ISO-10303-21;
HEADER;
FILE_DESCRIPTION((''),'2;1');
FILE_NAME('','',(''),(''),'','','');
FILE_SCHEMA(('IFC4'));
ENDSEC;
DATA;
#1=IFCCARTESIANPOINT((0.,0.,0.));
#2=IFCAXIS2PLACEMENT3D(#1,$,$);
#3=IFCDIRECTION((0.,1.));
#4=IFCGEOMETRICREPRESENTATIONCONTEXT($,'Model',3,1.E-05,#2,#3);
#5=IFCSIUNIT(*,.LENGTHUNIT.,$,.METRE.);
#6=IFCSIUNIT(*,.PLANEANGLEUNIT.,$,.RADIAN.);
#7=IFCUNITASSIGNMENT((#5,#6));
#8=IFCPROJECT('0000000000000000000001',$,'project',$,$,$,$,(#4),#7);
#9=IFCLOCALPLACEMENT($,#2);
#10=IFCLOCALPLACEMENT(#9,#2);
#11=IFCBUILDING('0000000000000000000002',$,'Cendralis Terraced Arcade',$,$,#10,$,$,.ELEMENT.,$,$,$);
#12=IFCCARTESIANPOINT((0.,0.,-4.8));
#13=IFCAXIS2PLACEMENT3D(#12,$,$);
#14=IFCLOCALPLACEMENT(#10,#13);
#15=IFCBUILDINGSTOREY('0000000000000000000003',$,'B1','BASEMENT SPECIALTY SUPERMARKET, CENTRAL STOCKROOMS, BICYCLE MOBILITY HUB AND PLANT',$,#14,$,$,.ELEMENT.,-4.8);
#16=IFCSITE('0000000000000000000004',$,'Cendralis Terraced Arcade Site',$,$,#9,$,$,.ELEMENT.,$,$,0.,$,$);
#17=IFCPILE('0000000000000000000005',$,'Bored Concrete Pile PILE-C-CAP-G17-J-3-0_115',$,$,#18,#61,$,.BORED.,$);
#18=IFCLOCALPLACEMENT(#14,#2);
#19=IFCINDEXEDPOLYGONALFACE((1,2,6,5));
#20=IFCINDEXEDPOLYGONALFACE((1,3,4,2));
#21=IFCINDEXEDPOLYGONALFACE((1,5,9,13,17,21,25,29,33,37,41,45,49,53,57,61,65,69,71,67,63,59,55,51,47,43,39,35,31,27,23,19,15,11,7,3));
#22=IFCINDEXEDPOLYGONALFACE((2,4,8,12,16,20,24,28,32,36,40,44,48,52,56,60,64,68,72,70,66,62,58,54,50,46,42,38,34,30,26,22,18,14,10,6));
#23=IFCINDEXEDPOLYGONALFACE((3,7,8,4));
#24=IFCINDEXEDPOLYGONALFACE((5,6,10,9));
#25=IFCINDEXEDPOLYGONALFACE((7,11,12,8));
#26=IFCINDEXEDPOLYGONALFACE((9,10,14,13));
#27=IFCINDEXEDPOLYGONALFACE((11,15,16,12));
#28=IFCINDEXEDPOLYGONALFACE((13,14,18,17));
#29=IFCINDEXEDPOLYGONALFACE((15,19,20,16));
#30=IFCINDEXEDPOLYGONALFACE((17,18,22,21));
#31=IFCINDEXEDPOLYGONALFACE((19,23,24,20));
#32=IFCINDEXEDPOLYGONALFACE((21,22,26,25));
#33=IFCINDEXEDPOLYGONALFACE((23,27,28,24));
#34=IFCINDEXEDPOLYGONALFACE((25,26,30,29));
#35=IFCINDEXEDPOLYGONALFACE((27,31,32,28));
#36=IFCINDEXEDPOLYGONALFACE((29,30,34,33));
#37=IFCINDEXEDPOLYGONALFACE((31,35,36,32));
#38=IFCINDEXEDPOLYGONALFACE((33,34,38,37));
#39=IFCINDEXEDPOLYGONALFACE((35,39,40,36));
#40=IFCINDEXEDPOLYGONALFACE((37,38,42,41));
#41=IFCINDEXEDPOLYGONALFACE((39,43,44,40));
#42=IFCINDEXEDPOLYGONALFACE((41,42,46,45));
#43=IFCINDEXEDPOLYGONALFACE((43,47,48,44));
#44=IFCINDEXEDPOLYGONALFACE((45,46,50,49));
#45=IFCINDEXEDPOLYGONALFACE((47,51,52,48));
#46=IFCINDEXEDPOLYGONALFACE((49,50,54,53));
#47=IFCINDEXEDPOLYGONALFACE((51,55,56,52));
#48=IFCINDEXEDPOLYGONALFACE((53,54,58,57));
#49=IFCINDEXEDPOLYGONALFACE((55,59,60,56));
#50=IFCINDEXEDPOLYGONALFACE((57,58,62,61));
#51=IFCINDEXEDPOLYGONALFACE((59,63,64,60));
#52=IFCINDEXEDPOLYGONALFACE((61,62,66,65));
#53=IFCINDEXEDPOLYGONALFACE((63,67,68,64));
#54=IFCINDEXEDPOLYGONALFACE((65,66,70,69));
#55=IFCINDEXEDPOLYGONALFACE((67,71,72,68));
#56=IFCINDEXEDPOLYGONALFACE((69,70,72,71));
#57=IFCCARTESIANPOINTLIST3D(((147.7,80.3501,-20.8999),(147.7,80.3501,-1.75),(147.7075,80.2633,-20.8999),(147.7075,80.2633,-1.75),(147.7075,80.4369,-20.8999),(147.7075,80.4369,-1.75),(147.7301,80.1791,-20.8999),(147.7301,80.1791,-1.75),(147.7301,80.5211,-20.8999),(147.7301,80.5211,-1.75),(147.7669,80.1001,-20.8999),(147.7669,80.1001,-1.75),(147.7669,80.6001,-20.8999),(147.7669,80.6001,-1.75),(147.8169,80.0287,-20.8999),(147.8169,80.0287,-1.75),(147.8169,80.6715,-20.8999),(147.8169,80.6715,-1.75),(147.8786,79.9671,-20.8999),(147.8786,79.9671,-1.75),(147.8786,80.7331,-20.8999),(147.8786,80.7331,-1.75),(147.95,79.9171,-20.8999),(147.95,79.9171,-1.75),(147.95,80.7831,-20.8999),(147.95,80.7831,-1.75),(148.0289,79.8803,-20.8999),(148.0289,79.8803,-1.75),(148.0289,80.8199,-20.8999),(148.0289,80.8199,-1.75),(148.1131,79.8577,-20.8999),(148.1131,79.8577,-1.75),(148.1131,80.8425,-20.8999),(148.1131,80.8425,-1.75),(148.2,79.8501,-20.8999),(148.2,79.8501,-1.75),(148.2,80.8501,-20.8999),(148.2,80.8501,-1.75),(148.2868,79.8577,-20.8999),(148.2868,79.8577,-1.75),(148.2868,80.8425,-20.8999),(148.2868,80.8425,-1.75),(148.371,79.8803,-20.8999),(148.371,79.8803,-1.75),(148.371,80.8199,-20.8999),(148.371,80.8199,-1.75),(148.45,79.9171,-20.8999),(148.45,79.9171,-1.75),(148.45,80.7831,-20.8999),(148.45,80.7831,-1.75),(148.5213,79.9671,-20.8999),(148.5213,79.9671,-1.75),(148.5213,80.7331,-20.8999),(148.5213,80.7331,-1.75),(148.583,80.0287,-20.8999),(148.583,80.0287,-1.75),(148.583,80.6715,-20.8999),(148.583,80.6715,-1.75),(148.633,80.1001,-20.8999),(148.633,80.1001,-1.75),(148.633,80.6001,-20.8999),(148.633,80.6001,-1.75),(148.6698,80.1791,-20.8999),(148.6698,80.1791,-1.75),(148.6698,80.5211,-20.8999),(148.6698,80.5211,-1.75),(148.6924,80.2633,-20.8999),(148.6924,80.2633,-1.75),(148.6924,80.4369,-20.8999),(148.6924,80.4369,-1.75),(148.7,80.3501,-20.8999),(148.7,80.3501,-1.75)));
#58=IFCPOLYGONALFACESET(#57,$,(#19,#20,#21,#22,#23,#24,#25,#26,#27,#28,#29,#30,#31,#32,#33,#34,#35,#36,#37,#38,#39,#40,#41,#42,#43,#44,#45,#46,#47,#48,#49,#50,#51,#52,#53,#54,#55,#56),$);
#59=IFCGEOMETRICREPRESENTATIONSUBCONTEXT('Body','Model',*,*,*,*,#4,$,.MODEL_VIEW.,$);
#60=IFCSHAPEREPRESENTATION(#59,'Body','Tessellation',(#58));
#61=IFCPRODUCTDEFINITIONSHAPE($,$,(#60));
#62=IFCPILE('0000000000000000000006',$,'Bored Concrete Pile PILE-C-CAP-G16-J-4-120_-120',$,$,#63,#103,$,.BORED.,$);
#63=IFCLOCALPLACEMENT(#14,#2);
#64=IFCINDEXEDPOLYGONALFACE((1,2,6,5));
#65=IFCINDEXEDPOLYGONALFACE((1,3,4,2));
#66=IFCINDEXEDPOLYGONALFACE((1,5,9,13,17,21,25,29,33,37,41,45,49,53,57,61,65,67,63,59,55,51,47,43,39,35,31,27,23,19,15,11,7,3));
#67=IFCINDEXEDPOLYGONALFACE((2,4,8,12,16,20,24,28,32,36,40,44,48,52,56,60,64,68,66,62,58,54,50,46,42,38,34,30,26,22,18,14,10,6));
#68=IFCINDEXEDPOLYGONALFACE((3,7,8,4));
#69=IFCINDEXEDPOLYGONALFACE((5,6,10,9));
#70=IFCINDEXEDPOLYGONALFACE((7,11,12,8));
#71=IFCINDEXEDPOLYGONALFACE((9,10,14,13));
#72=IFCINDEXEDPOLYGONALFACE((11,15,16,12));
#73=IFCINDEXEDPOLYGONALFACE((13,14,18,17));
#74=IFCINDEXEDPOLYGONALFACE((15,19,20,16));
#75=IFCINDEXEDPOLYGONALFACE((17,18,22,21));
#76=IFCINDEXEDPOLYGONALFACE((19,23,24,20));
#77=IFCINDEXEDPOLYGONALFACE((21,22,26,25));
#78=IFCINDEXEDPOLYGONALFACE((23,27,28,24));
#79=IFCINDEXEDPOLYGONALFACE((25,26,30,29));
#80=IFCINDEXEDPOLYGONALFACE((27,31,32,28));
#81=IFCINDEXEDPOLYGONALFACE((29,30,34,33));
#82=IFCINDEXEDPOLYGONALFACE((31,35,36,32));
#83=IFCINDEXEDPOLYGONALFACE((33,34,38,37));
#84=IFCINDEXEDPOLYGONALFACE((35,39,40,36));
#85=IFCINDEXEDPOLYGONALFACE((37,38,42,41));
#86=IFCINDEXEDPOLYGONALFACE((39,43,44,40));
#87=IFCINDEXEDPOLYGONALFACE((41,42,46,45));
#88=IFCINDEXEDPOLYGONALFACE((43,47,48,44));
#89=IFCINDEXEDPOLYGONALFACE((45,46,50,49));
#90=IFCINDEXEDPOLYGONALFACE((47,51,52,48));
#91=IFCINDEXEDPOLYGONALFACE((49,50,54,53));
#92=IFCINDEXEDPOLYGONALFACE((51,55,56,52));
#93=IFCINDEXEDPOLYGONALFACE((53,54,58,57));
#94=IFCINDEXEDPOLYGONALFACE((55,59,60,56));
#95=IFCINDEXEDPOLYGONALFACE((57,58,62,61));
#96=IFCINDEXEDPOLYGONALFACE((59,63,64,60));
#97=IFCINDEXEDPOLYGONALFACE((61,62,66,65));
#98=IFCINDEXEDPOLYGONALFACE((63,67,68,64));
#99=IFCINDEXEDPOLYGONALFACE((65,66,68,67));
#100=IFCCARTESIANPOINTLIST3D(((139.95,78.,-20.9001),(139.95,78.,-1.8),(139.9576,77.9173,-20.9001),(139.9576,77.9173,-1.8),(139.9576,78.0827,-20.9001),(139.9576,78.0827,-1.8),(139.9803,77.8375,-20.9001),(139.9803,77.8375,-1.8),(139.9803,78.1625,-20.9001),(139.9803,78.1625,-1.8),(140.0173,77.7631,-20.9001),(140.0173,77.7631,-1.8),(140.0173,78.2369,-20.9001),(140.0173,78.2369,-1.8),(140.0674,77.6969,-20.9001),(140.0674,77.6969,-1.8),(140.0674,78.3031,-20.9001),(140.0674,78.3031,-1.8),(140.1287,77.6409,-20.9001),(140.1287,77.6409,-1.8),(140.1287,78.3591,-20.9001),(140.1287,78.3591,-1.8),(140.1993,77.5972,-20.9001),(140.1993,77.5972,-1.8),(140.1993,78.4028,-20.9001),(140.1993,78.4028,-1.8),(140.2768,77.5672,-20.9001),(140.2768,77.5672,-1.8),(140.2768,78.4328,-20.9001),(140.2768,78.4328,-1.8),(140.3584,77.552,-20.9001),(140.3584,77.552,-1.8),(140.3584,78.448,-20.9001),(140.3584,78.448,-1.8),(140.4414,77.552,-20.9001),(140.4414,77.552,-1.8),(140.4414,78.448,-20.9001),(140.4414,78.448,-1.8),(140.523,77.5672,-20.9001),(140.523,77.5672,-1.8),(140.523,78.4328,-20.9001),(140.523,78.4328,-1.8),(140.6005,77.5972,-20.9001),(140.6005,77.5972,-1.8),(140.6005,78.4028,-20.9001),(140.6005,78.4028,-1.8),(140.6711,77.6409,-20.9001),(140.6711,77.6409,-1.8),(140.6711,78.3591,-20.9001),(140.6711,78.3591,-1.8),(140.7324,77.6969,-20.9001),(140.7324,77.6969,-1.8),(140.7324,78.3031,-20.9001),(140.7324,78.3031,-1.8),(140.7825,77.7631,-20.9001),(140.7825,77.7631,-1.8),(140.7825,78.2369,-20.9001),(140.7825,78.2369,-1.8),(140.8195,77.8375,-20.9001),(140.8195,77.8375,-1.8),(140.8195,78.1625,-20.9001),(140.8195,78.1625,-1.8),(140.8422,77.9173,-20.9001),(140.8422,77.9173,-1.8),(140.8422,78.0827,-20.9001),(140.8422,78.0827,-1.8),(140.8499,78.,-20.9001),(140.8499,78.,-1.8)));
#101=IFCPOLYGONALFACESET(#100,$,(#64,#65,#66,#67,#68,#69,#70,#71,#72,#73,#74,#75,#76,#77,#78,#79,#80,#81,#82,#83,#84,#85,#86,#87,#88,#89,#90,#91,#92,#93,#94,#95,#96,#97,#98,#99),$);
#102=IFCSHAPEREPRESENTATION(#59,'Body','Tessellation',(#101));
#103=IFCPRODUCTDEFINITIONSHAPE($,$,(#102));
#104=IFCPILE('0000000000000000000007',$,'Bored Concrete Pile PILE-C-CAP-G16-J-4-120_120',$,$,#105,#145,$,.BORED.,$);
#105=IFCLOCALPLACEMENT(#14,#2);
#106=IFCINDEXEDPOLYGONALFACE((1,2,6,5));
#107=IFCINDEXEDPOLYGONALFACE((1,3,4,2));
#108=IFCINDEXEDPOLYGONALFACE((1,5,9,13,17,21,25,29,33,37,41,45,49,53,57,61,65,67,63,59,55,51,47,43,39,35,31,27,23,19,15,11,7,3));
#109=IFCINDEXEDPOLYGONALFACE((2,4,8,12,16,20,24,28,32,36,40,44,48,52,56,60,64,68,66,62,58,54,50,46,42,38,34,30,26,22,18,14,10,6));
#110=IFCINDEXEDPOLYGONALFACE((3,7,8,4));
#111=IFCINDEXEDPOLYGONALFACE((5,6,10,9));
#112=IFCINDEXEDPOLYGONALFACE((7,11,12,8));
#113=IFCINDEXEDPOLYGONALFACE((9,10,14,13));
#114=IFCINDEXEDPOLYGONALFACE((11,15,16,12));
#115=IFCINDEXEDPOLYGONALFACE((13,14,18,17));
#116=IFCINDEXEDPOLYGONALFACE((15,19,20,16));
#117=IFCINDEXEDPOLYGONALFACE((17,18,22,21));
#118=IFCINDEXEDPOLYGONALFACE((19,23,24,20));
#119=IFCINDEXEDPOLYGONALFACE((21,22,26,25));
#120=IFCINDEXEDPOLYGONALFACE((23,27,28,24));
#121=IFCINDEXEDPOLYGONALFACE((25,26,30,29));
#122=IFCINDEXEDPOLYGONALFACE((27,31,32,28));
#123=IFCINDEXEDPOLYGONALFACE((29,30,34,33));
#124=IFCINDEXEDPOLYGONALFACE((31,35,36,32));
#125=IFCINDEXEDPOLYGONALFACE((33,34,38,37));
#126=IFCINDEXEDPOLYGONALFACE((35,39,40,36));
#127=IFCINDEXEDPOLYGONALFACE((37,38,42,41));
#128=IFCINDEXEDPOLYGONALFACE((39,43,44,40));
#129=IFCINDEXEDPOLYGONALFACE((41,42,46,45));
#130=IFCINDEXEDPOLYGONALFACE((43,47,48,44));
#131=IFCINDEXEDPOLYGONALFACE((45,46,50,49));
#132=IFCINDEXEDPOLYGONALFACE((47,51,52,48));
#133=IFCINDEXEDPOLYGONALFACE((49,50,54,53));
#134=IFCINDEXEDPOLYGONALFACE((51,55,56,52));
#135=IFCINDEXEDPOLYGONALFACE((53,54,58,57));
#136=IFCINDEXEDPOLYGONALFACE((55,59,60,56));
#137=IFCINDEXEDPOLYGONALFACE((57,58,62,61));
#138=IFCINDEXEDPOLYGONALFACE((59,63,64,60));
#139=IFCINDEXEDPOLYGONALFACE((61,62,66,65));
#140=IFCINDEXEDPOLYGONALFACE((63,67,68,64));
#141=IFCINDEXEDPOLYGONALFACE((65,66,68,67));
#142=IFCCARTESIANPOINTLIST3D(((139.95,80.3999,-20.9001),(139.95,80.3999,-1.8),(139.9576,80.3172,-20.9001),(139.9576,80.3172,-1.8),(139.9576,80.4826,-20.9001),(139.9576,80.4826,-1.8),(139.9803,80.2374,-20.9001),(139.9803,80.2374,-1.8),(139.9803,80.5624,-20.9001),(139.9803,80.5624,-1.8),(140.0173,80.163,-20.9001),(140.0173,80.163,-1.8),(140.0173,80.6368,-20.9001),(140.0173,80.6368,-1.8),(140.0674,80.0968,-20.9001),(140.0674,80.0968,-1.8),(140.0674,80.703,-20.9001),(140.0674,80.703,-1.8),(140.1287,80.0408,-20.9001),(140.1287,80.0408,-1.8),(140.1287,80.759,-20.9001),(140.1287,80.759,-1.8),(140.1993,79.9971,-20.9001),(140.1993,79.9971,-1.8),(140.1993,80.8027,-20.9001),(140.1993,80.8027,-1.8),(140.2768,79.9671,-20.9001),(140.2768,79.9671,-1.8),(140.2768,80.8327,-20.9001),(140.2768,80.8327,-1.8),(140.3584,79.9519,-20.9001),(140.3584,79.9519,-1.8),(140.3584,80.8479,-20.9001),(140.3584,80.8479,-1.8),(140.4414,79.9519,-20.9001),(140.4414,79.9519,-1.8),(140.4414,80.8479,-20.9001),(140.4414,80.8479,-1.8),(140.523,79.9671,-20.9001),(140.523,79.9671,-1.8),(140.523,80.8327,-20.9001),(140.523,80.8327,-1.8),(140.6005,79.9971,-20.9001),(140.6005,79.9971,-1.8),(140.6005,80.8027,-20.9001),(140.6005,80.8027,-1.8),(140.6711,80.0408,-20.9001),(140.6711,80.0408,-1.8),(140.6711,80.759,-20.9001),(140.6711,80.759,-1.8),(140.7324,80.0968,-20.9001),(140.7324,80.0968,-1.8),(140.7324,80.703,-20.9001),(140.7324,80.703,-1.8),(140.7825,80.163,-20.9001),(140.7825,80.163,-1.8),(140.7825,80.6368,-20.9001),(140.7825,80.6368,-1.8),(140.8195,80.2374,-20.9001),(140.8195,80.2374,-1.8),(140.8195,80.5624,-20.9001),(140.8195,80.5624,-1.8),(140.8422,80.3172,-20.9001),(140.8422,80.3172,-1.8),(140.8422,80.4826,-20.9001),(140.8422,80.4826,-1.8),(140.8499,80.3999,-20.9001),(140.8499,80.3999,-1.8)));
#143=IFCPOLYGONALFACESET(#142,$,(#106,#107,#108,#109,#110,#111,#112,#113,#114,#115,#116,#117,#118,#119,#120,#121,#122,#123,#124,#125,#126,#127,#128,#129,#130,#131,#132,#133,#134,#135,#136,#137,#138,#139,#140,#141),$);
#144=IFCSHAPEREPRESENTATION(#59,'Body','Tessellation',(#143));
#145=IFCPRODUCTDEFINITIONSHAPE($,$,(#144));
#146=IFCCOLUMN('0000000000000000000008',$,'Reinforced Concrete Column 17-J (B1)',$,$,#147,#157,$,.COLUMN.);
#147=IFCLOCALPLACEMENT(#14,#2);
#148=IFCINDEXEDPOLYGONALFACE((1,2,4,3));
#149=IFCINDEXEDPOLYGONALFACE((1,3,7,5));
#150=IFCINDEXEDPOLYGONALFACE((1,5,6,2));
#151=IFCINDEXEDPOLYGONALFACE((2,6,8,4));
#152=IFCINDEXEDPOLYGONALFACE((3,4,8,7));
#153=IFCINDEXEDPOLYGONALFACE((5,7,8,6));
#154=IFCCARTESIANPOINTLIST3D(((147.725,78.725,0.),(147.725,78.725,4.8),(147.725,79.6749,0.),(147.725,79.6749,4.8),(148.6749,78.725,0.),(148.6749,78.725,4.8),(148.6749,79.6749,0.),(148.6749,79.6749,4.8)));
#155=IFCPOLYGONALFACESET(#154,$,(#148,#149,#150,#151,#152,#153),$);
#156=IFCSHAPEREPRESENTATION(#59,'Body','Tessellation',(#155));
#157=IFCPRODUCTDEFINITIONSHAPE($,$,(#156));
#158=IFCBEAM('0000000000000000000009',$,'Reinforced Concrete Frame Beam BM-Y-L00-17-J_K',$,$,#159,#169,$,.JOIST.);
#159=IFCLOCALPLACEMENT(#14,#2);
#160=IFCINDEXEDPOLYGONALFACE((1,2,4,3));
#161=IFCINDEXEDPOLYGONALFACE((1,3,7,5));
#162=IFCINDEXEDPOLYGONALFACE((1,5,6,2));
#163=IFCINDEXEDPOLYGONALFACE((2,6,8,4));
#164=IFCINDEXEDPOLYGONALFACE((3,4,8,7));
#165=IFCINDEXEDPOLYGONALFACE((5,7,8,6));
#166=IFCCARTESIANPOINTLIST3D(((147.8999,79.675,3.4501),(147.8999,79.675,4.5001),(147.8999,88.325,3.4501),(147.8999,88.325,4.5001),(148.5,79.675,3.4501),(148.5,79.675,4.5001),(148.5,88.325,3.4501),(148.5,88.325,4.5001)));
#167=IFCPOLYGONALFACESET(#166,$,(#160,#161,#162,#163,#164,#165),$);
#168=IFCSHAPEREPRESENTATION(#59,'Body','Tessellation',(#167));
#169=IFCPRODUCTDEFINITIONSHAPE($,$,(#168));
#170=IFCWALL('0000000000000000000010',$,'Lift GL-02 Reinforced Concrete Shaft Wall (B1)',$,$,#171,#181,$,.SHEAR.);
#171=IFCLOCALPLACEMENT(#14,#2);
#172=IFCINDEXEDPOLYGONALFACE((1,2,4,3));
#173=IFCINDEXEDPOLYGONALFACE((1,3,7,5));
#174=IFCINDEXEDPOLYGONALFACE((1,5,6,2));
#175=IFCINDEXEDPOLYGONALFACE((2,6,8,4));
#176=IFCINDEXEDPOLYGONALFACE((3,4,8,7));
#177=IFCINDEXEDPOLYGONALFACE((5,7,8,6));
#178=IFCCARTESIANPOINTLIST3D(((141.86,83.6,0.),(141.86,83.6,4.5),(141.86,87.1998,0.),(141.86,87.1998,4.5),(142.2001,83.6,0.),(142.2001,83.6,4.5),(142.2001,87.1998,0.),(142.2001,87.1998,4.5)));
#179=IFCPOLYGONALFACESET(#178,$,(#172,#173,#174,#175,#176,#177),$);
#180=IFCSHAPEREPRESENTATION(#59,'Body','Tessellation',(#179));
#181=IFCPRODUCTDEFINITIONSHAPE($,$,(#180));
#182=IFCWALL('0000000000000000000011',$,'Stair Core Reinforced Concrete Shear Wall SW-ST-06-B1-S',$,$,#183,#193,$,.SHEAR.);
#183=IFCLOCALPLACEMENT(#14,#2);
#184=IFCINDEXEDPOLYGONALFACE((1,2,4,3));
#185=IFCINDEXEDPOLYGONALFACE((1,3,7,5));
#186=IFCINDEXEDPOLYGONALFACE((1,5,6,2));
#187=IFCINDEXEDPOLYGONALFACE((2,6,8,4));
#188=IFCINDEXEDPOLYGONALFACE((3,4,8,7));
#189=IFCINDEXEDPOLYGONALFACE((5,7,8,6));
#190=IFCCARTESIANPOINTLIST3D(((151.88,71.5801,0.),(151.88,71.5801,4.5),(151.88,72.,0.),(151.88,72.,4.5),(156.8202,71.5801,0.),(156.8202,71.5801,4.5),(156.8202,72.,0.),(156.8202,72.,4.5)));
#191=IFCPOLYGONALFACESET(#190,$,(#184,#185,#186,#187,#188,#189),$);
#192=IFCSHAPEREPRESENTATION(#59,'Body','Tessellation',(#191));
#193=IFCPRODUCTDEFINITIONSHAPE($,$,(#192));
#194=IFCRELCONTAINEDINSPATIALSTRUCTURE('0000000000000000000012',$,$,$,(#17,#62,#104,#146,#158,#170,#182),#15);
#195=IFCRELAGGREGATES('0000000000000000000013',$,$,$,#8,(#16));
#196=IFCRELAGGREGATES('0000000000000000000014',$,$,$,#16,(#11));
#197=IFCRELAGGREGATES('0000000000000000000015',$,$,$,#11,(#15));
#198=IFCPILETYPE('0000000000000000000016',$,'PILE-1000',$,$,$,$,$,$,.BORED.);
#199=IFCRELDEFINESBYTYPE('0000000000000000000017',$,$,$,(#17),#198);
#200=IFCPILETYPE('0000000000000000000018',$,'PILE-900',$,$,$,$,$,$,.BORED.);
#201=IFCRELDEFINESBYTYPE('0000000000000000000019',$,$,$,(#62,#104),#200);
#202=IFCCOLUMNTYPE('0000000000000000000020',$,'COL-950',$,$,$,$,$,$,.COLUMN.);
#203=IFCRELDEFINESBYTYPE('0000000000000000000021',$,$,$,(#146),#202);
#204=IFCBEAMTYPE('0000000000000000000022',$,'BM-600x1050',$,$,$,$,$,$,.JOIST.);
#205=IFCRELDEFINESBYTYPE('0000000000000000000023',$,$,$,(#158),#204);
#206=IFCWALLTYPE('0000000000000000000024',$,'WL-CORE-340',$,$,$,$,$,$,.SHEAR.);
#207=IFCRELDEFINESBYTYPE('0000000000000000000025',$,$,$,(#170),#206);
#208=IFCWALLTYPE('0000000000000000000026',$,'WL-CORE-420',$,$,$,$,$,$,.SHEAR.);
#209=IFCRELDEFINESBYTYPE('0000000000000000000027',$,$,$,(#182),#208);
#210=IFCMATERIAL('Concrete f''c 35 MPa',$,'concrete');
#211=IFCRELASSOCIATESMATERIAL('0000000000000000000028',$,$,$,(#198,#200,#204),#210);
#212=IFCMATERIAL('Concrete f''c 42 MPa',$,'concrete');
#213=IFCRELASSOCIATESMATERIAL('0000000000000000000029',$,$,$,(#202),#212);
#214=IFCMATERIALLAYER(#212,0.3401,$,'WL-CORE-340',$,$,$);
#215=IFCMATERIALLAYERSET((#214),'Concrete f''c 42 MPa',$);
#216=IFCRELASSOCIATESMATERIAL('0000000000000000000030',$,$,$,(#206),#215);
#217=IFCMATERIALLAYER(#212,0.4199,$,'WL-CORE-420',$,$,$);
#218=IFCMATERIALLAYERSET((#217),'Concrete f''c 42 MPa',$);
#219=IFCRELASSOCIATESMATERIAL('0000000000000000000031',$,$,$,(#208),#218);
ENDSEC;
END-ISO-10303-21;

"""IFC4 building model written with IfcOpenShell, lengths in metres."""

from ifc_helpers import new_model, si_unit, direction, frame, frame_2d, origin, origin_2d, place, context, subcontext, project, spatial, rectangle, circle, extrude, material, layer, layer_set, material_profile, profile_set, type_object, element, save


model = new_model("IFC4")

# Units and contexts
model_context = context("Model", 3, precision=1e-05, world=origin(), true_north=direction((0.0, 1.0)))
body_context = subcontext(model_context, "Body", "Model", "MODEL_VIEW")
ifc_project = project(units=[si_unit("LENGTHUNIT", "METRE"), si_unit("PLANEANGLEUNIT", "RADIAN")], contexts=[model_context])

# Site, building, storey
site_placement = place(None, origin())
site = spatial("IfcSite", under=ifc_project, at=site_placement, Name="Cendralis Terraced Arcade Site", CompositionType="ELEMENT", RefElevation=0.0)
building_placement = place(site_placement, origin())
building = spatial("IfcBuilding", under=site, at=building_placement, Name="Cendralis Terraced Arcade", CompositionType="ELEMENT")
storey_placement = place(building_placement, frame((0.0, 0.0, -4.8)))
storey = spatial("IfcBuildingStorey", under=building, at=storey_placement, Name="B1", Description="BASEMENT SPECIALTY SUPERMARKET, CENTRAL STOCKROOMS, BICYCLE MOBILITY HUB AND PLANT", CompositionType="ELEMENT", Elevation=-4.8)

# Shared definitions
ifc_material_1 = material(Name="Concrete f'c 35 MPa", Category="concrete")

# Piles
ifc_material_profile_1 = material_profile(ifc_material_1, circle(Radius=0.5, at=origin_2d()), Name="PILE-D1000", Category="LoadBearing")
ifc_profile_set_1 = profile_set([ifc_material_profile_1], Name="Concrete f'c 35 MPa")
pile_type_1 = type_object("IfcPileType", Name="PILE-1000", PredefinedType="BORED", material=ifc_profile_set_1)
for number, where, z_axis, x_axis, name in (
    (1, (148.2, 80.3501, -1.75), (0.0, 0.0, -1.0), (1.0, 0.0, 0.0), "Bored Concrete Pile PILE-C-CAP-G17-J-3-0_115"),
):
    element("IfcPile", number, at=place(storey_placement, frame(where, z_axis=z_axis, x_axis=x_axis)), inside=storey, type_object=pile_type_1, Name=name, PredefinedType="BORED", context=body_context, shape_type="SweptSolid", body=[
        extrude(circle(Radius=0.5, at=origin_2d()), origin(), (0.0, 0.0, 1.0), 19.1499),
    ])
ifc_material_profile_2 = material_profile(ifc_material_1, circle(Radius=0.45, at=origin_2d()), Name="PILE-D900", Category="LoadBearing")
ifc_profile_set_2 = profile_set([ifc_material_profile_2], Name="Concrete f'c 35 MPa")
pile_type_2 = type_object("IfcPileType", Name="PILE-900", PredefinedType="BORED", material=ifc_profile_set_2)
for number, where, z_axis, x_axis, name in (
    (2, (140.3999, 78.0, -1.8), (0.0, 0.0, -1.0), (1.0, 0.0, 0.0), "Bored Concrete Pile PILE-C-CAP-G16-J-4-120_-120"),
    (3, (140.3999, 80.3999, -1.8), (0.0, 0.0, -1.0), (1.0, 0.0, 0.0), "Bored Concrete Pile PILE-C-CAP-G16-J-4-120_120"),
):
    element("IfcPile", number, at=place(storey_placement, frame(where, z_axis=z_axis, x_axis=x_axis)), inside=storey, type_object=pile_type_2, Name=name, PredefinedType="BORED", context=body_context, shape_type="SweptSolid", body=[
        extrude(circle(Radius=0.45, at=origin_2d()), origin(), (0.0, 0.0, 1.0), 19.1001),
    ])

# Column
ifc_material_2 = material(Name="Concrete f'c 42 MPa", Category="concrete")
ifc_material_profile_3 = material_profile(ifc_material_2, rectangle(XDim=0.95, YDim=0.95, at=origin_2d()), Name="RC-COL-950x950", Category="LoadBearing")
ifc_profile_set_3 = profile_set([ifc_material_profile_3], Name="Concrete f'c 42 MPa")
column_type = type_object("IfcColumnType", Name="COL-950", PredefinedType="COLUMN", material=ifc_profile_set_3)
column_placement = place(storey_placement, frame((148.2, 79.2, 0.0), z_axis=(0.0, 0.0, 1.0), x_axis=(1.0, 0.0, 0.0)))
element("IfcColumn", 4, at=column_placement, inside=storey, type_object=column_type, Name="Reinforced Concrete Column 17-J (B1)", PredefinedType="COLUMN", context=body_context, shape_type="SweptSolid", body=[
    extrude(rectangle(XDim=0.95, YDim=0.95, at=origin_2d()), origin(), (0.0, 0.0, 1.0), 4.8),
])

# Beam
ifc_material_profile_4 = material_profile(ifc_material_1, rectangle(XDim=0.6001, YDim=1.05, at=origin_2d()), Name="RC-BM-600x1050", Category="LoadBearing")
ifc_profile_set_4 = profile_set([ifc_material_profile_4], Name="Concrete f'c 35 MPa")
beam_type = type_object("IfcBeamType", Name="BM-600x1050", PredefinedType="JOIST", material=ifc_profile_set_4)
beam_placement = place(storey_placement, frame((148.2, 79.675, 3.9751), z_axis=(0.0, 1.0, 0.0), x_axis=(-1.0, 0.0, 0.0)))
element("IfcBeam", 5, at=beam_placement, inside=storey, type_object=beam_type, Name="Reinforced Concrete Frame Beam BM-Y-L00-17-J_K", PredefinedType="JOIST", context=body_context, shape_type="SweptSolid", body=[
    extrude(rectangle(XDim=0.6001, YDim=1.05, at=origin_2d()), origin(), (0.0, 0.0, 1.0), 8.6499),
])

# Shared definitions
ifc_layer_1 = layer(ifc_material_2, 0.3401, Name="WL-CORE-340")
ifc_layer_set_1 = layer_set([ifc_layer_1], Name="Concrete f'c 42 MPa")
wall_type_1 = type_object("IfcWallType", Name="WL-CORE-340", PredefinedType="SHEAR", material=ifc_layer_set_1)

# Wall
wall_1_placement = place(storey_placement, frame((142.03, 83.6001, 0.0), z_axis=(0.0, 0.0, 1.0), x_axis=(0.0, 1.0, 0.0)))
element("IfcWall", 6, at=wall_1_placement, inside=storey, type_object=wall_type_1, Name="Lift GL-02 Reinforced Concrete Shaft Wall (B1)", PredefinedType="SHEAR", context=body_context, shape_type="SweptSolid", body=[
    extrude(rectangle(XDim=3.5999, YDim=0.3401, at=frame_2d((1.7998, 0.0))), origin(), (0.0, 0.0, 1.0), 4.5),
])

# Wall
ifc_layer_2 = layer(ifc_material_2, 0.4199, Name="WL-CORE-420")
ifc_layer_set_2 = layer_set([ifc_layer_2], Name="Concrete f'c 42 MPa")
wall_type_2 = type_object("IfcWallType", Name="WL-CORE-420", PredefinedType="SHEAR", material=ifc_layer_set_2)
wall_2_placement = place(storey_placement, frame((151.8799, 71.79, 0.0), z_axis=(0.0, 0.0, 1.0), x_axis=(1.0, 0.0, 0.0)))
element("IfcWall", 7, at=wall_2_placement, inside=storey, type_object=wall_type_2, Name="Stair Core Reinforced Concrete Shear Wall SW-ST-06-B1-S", PredefinedType="SHEAR", context=body_context, shape_type="SweptSolid", body=[
    extrude(rectangle(XDim=4.9402, YDim=0.4199, at=frame_2d((2.4702, 0.0))), origin(), (0.0, 0.0, 1.0), 4.5),
])

save(model, "model.ifc")
